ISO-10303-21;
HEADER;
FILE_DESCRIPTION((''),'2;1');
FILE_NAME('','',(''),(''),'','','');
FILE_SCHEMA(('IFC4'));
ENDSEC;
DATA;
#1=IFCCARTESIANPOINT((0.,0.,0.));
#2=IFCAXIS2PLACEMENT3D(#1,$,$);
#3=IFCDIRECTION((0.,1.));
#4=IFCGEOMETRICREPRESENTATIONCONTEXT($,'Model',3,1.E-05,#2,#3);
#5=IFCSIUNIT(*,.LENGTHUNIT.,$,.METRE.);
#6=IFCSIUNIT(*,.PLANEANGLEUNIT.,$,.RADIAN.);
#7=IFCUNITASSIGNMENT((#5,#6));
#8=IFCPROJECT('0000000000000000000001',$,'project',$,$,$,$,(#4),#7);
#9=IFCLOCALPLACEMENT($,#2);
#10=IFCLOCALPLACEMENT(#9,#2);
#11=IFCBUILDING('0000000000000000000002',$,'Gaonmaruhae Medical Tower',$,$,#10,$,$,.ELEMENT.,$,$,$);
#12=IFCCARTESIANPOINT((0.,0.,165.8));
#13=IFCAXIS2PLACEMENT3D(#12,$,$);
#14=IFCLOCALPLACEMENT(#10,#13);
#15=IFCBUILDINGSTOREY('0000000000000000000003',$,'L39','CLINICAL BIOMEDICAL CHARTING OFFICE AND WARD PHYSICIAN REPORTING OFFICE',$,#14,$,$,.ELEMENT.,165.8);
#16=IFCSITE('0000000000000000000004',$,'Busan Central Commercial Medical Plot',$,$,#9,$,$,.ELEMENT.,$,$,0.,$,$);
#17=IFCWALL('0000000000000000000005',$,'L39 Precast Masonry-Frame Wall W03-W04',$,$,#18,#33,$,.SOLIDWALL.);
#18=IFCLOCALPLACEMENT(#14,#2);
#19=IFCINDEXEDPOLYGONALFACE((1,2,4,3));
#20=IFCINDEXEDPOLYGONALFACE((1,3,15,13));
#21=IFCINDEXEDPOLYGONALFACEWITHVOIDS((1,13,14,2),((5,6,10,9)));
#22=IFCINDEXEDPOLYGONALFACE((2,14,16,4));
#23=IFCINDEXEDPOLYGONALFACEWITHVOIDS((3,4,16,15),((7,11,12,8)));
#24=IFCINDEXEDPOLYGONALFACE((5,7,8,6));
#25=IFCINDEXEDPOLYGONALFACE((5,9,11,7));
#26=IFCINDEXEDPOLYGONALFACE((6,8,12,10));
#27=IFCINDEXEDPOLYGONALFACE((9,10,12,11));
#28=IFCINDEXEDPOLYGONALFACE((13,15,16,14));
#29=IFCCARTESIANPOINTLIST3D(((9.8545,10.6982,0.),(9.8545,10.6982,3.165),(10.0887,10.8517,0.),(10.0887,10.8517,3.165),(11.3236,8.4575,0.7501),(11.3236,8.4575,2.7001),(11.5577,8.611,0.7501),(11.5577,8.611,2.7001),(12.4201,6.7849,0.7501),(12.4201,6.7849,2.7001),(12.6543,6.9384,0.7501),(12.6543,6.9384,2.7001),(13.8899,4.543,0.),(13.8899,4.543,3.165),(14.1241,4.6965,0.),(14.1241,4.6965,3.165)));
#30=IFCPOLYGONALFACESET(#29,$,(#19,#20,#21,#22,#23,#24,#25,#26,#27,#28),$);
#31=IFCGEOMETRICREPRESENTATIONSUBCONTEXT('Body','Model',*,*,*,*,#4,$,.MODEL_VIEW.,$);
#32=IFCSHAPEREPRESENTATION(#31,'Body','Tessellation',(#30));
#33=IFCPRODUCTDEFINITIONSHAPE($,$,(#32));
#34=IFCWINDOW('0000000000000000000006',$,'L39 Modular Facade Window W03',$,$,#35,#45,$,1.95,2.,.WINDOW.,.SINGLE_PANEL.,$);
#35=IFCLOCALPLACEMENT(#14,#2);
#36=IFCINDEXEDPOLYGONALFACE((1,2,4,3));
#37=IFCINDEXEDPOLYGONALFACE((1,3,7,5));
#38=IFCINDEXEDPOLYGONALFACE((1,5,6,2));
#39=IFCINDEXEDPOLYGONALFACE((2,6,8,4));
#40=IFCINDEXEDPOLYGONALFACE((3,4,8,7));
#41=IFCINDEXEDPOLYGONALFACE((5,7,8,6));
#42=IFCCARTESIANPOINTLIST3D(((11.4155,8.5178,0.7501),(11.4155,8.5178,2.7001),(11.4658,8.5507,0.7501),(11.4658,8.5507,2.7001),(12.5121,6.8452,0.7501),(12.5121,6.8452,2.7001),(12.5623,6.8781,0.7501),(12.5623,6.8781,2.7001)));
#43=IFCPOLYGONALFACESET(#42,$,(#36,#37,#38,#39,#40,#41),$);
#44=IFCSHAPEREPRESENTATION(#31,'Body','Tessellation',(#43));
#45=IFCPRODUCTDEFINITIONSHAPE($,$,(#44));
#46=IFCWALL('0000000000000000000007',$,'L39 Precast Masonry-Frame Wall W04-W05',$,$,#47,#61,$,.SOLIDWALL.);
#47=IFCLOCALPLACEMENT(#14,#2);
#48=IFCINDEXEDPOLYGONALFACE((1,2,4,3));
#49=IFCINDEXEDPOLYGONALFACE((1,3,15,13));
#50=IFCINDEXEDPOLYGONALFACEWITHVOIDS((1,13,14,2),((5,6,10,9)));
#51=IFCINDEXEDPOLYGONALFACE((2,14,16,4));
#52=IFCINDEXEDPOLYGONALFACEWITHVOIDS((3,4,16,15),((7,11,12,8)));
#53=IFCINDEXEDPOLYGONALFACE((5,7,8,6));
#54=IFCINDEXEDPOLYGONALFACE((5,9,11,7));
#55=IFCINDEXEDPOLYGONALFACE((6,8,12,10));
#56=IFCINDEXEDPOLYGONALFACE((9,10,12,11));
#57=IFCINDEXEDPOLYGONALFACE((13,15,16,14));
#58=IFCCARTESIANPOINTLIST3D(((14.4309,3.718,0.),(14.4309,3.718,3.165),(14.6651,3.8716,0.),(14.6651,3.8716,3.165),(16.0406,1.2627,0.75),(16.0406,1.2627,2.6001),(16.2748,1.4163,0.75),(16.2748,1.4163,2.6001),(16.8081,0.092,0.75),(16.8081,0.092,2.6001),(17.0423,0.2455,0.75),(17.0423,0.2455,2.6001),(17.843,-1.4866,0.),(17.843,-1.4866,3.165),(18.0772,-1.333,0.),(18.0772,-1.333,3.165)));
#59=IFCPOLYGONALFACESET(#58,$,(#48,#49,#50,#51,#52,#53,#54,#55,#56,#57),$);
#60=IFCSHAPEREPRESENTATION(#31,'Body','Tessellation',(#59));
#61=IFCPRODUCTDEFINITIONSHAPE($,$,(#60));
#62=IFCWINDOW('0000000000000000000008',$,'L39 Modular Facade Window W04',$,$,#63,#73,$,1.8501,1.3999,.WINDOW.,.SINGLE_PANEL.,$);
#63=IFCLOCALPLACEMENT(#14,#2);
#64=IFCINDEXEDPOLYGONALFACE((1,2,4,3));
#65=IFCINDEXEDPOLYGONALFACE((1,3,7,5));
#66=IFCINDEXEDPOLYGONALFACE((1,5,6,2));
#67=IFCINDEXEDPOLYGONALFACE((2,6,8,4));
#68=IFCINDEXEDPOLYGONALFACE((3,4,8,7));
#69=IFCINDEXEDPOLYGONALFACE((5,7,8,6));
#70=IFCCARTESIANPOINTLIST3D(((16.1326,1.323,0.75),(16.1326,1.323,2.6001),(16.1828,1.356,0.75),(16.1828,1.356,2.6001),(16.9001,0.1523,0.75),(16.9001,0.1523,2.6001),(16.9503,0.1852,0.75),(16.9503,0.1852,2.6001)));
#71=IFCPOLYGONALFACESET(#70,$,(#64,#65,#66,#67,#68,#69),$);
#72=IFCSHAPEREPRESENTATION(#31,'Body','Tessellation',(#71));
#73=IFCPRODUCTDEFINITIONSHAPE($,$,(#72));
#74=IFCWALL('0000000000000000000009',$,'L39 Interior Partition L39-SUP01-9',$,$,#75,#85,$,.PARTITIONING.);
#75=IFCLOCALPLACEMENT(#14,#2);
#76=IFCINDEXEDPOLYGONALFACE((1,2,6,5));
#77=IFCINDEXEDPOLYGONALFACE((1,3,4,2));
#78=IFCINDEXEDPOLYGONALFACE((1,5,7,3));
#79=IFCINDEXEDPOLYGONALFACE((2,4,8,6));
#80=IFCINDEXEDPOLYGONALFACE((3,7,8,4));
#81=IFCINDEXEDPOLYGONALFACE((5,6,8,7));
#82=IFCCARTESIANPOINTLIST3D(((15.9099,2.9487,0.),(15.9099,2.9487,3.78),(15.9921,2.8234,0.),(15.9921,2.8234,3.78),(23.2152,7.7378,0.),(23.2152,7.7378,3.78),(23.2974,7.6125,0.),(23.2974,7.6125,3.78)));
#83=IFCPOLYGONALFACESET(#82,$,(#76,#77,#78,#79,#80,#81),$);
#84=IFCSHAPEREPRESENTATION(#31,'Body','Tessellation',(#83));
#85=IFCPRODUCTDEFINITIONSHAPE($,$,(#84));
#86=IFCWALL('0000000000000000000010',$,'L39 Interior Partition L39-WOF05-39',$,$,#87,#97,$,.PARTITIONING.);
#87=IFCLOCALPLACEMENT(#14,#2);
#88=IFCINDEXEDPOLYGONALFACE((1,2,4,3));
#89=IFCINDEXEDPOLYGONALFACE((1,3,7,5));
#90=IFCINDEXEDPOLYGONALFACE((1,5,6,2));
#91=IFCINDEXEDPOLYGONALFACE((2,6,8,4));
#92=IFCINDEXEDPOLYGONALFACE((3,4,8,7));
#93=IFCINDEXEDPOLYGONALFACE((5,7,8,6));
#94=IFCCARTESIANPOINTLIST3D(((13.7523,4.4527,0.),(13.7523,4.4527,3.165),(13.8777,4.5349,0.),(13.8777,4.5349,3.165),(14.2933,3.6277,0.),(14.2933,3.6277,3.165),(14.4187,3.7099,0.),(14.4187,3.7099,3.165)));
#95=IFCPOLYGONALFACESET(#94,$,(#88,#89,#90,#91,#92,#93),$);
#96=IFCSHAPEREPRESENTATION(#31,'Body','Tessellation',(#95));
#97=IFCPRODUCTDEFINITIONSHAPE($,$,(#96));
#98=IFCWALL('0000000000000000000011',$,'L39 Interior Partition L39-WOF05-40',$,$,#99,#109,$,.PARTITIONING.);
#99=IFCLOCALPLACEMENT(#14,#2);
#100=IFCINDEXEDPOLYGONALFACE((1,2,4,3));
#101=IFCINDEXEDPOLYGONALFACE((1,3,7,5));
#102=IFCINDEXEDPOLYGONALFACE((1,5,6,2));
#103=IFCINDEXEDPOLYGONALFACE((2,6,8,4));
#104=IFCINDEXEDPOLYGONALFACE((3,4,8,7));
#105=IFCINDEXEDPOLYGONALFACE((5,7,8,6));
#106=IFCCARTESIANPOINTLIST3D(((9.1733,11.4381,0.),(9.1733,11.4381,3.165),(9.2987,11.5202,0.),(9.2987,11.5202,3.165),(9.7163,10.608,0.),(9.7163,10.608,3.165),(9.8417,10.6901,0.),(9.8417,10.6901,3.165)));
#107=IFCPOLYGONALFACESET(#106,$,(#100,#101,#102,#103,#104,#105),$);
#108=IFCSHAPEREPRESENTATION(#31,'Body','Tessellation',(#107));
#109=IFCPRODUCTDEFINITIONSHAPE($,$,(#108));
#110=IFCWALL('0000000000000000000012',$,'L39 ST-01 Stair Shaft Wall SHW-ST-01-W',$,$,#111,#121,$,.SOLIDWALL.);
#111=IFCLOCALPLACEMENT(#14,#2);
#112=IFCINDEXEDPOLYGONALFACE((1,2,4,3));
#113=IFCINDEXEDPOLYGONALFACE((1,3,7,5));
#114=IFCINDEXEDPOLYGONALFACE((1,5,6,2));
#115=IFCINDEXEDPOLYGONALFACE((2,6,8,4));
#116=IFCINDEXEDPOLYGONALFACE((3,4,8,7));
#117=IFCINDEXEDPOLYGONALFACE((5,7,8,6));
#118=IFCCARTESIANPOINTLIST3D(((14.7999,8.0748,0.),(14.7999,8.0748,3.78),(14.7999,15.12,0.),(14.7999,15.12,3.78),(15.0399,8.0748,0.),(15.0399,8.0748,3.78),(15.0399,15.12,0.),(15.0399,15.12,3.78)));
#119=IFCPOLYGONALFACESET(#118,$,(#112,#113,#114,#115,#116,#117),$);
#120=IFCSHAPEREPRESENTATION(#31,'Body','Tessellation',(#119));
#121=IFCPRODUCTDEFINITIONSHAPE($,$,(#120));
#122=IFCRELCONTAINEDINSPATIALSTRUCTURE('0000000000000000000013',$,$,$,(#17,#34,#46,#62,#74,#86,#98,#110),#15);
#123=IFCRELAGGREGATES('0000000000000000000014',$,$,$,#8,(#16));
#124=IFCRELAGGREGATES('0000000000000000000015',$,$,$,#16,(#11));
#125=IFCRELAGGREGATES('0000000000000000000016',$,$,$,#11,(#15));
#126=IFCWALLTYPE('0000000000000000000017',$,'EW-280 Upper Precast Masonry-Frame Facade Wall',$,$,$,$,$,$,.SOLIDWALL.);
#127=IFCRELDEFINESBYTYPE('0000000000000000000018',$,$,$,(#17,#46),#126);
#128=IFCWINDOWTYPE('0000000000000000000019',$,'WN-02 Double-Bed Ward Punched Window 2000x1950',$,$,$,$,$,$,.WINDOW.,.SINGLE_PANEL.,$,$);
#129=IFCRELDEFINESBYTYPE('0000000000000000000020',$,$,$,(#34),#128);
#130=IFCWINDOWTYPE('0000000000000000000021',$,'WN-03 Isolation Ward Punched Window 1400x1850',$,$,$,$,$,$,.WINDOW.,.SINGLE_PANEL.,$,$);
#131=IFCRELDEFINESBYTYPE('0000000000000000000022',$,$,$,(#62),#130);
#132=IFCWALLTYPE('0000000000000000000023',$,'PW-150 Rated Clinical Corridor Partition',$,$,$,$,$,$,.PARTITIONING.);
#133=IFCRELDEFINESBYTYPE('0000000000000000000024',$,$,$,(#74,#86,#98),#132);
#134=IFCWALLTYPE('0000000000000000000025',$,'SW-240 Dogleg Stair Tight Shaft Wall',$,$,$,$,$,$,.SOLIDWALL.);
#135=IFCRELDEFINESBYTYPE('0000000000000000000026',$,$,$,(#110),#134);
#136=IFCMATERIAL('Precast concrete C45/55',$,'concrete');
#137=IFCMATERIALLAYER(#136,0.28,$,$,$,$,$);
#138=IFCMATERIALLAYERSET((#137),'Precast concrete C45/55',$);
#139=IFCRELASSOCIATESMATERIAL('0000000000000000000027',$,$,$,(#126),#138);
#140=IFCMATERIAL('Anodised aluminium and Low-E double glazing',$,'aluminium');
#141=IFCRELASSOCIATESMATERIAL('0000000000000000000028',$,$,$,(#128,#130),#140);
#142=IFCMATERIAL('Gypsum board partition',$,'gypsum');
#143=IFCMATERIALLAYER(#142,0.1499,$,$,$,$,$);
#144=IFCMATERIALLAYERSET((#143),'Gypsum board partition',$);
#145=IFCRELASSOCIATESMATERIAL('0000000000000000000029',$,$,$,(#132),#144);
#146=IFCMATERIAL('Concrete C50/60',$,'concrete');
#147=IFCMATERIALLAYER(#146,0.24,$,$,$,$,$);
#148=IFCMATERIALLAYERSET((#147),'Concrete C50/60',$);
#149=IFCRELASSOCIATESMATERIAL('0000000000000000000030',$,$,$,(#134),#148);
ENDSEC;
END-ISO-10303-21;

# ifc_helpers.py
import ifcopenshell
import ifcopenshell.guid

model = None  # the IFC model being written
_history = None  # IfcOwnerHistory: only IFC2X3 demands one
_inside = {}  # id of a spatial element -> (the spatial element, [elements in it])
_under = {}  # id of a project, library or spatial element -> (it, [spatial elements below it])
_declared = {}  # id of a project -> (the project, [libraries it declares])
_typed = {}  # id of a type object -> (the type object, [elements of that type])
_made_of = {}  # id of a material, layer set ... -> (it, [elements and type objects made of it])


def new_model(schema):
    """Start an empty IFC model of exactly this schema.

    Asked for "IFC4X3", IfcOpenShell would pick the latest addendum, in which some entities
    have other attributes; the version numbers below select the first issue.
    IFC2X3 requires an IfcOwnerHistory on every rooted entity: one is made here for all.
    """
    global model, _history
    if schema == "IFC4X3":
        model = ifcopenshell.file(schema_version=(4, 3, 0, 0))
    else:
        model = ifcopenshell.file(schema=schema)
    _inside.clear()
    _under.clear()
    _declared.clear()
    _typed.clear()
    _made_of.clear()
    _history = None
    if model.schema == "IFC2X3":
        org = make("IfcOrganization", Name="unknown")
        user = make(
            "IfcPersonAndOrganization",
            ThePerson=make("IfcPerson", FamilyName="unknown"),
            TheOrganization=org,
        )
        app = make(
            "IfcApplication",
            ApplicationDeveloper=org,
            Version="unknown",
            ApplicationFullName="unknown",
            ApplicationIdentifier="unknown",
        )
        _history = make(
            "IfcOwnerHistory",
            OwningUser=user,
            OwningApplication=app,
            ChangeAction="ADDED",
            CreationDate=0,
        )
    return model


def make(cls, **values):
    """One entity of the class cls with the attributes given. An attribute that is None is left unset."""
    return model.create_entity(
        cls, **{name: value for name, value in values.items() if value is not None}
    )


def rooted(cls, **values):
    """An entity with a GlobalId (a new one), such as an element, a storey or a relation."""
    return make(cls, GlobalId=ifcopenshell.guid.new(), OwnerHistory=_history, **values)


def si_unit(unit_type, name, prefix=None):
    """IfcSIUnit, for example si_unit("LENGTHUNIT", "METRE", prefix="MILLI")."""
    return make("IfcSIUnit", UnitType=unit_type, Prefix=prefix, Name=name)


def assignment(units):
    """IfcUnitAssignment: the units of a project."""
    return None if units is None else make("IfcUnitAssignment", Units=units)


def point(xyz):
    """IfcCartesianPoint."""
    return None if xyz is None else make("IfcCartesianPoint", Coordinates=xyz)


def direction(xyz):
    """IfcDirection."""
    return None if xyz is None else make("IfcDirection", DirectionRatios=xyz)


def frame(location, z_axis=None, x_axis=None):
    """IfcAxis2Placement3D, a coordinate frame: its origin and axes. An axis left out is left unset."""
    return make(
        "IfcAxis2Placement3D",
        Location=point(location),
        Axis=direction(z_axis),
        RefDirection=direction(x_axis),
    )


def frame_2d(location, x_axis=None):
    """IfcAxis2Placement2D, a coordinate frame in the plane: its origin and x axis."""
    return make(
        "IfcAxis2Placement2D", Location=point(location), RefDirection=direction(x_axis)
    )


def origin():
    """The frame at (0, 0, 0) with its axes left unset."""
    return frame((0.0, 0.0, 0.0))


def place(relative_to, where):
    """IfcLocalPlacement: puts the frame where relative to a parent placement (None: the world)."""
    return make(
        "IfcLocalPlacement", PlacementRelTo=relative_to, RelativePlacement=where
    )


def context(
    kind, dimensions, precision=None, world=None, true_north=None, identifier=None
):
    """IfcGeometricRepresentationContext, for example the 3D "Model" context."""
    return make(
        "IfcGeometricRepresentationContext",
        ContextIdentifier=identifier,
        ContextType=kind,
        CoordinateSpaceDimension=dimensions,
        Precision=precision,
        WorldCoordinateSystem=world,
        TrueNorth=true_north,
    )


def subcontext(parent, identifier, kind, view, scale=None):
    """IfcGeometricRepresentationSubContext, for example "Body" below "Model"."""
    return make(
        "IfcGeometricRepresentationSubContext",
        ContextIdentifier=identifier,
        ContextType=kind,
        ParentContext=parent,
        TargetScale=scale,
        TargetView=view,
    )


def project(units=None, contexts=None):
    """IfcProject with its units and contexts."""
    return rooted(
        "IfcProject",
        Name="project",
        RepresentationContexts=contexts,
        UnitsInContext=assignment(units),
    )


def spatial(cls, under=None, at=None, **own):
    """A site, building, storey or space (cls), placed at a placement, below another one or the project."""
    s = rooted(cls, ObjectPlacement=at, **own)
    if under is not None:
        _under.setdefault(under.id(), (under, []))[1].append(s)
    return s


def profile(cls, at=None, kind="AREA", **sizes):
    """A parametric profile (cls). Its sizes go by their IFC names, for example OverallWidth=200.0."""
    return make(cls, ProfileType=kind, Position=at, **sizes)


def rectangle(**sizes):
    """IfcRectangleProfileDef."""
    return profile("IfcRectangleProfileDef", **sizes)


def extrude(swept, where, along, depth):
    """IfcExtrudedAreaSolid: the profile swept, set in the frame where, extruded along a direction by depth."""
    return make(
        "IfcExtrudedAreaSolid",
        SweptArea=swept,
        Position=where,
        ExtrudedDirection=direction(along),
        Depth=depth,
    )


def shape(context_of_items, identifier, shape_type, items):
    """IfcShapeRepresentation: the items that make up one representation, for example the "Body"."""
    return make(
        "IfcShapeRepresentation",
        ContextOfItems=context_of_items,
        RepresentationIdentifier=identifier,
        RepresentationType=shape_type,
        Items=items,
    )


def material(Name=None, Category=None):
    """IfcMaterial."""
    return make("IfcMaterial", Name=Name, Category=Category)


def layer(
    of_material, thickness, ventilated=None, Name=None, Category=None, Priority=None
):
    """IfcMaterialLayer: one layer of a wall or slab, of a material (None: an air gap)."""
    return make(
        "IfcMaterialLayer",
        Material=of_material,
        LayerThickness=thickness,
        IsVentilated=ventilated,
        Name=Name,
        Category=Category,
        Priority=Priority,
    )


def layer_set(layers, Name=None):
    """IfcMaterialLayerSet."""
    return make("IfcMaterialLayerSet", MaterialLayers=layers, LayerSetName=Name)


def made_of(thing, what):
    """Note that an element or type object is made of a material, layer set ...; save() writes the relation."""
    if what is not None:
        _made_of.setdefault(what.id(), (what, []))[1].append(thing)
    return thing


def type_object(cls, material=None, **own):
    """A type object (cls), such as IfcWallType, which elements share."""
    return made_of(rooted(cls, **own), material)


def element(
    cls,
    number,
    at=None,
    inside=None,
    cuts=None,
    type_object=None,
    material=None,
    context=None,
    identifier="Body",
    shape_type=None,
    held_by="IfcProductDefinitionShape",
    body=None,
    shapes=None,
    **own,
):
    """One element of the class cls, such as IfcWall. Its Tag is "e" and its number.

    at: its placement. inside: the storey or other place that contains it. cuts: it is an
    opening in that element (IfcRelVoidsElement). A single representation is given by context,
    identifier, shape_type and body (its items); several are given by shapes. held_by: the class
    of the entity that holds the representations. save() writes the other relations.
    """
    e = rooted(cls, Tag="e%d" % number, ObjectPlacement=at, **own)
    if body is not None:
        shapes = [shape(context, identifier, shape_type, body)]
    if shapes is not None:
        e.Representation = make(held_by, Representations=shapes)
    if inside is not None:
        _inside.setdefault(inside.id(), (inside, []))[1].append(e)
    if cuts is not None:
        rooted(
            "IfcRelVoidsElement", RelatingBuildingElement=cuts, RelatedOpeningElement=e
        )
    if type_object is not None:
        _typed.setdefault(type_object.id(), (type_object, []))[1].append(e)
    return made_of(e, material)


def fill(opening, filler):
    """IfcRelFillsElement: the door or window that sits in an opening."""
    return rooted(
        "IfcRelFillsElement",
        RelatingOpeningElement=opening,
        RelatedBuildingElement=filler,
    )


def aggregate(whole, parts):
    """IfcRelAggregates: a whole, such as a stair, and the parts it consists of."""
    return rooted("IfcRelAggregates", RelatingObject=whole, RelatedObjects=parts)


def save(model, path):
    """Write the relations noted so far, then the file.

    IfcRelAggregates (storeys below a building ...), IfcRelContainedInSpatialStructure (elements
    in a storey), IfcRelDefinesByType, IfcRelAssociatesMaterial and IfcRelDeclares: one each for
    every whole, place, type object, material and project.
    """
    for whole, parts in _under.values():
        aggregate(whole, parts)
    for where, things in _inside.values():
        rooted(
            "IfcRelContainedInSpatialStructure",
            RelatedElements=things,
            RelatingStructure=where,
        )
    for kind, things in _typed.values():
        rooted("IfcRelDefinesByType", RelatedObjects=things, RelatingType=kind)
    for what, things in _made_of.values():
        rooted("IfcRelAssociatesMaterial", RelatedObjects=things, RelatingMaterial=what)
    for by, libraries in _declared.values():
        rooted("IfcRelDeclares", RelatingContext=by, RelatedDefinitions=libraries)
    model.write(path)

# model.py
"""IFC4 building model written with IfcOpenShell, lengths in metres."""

from ifc_helpers import new_model, si_unit, direction, frame, frame_2d, origin, place, context, subcontext, project, spatial, rectangle, extrude, material, layer, layer_set, type_object, element, fill, save


model = new_model("IFC4")

# Units and contexts
model_context = context("Model", 3, precision=1e-05, world=origin(), true_north=direction((0.0, 1.0)))
body_context = subcontext(model_context, "Body", "Model", "MODEL_VIEW")
ifc_project = project(units=[si_unit("LENGTHUNIT", "METRE"), si_unit("PLANEANGLEUNIT", "RADIAN")], contexts=[model_context])

# Site, building, storey
site_placement = place(None, origin())
site = spatial("IfcSite", under=ifc_project, at=site_placement, Name="Busan Central Commercial Medical Plot", CompositionType="ELEMENT", RefElevation=0.0)
building_placement = place(site_placement, origin())
building = spatial("IfcBuilding", under=site, at=building_placement, Name="Gaonmaruhae Medical Tower", CompositionType="ELEMENT")
storey_placement = place(building_placement, frame((0.0, 0.0, 165.8)))
storey = spatial("IfcBuildingStorey", under=building, at=storey_placement, Name="L39", Description="CLINICAL BIOMEDICAL CHARTING OFFICE AND WARD PHYSICIAN REPORTING OFFICE", CompositionType="ELEMENT", Elevation=165.8)

# Shared definitions
ifc_material_1 = material(Name="Concrete C50/60", Category="concrete")

# Walls, openings, windows
ifc_material_2 = material(Name="Precast concrete C45/55", Category="concrete")
ifc_layer_1 = layer(ifc_material_2, 0.28)
ifc_layer_set_1 = layer_set([ifc_layer_1], Name="Precast concrete C45/55")
wall_type_1 = type_object("IfcWallType", Name="EW-280 Upper Precast Masonry-Frame Facade Wall", PredefinedType="SOLIDWALL", material=ifc_layer_set_1)
wall_1_placement = place(storey_placement, frame((14.0071, 4.6196, 0.0), z_axis=(0.0, 0.0, 1.0), x_axis=(-0.548277, 0.836297, 0.0)))
wall_1 = element("IfcWall", 1, at=wall_1_placement, inside=storey, type_object=wall_type_1, Name="L39 Precast Masonry-Frame Wall W03-W04", PredefinedType="SOLIDWALL", context=body_context, shape_type="SweptSolid", body=[
    extrude(rectangle(XDim=7.3601, YDim=0.28, at=frame_2d((3.6802, 0.0))), origin(), (0.0, 0.0, 1.0), 3.165),
])
opening_1_placement = place(wall_1_placement, frame((2.6809, 0.0, 0.75)))
opening_1 = element("IfcOpeningElement", 2, at=opening_1_placement, cuts=wall_1, PredefinedType="OPENING", context=body_context, shape_type="SweptSolid", body=[
    extrude(rectangle(XDim=2.0, YDim=1.95, at=frame_2d((1.0, 0.9751))), frame((0.0, 0.1499, 0.0), z_axis=(0.0, -1.0, 0.0), x_axis=(1.0, 0.0, 0.0)), (0.0, 0.0, 1.0), 0.3),
])
ifc_material_3 = material(Name="Anodised aluminium and Low-E double glazing", Category="aluminium")
window_type_1 = type_object("IfcWindowType", Name="WN-02 Double-Bed Ward Punched Window 2000x1950", PartitioningType="SINGLE_PANEL", PredefinedType="WINDOW", material=ifc_material_3)
window_1_placement = place(opening_1_placement, origin())
window_1 = element("IfcWindow", 3, at=window_1_placement, inside=storey, type_object=window_type_1, Name="L39 Modular Facade Window W03", OverallHeight=1.95, OverallWidth=2.0, PartitioningType="SINGLE_PANEL", PredefinedType="WINDOW", context=body_context, shape_type="SweptSolid", body=[
    extrude(rectangle(XDim=2.0, YDim=1.95, at=frame_2d((1.0, 0.9751))), frame((0.0, 0.03, 0.0), z_axis=(0.0, -1.0, 0.0), x_axis=(1.0, 0.0, 0.0)), (0.0, 0.0, 1.0), 0.0601),
])
fill(opening_1, window_1)
wall_2_placement = place(storey_placement, frame((17.9602, -1.4099, 0.0), z_axis=(0.0, 0.0, 1.0), x_axis=(-0.548274, 0.836299, 0.0)))
wall_2 = element("IfcWall", 4, at=wall_2_placement, inside=storey, type_object=wall_type_1, Name="L39 Precast Masonry-Frame Wall W04-W05", PredefinedType="SOLIDWALL", context=body_context, shape_type="SweptSolid", body=[
    extrude(rectangle(XDim=6.2234, YDim=0.28, at=frame_2d((3.1118, 0.0))), origin(), (0.0, 0.0, 1.0), 3.165),
])
opening_2_placement = place(wall_2_placement, frame((1.8877, 0.0, 0.75)))
opening_2 = element("IfcOpeningElement", 5, at=opening_2_placement, cuts=wall_2, PredefinedType="OPENING", context=body_context, shape_type="SweptSolid", body=[
    extrude(rectangle(XDim=1.3999, YDim=1.8501, at=frame_2d((0.7, 0.925))), frame((0.0, 0.1499, 0.0), z_axis=(0.0, -1.0, 0.0), x_axis=(1.0, 0.0, 0.0)), (0.0, 0.0, 1.0), 0.3),
])
window_type_2 = type_object("IfcWindowType", Name="WN-03 Isolation Ward Punched Window 1400x1850", PartitioningType="SINGLE_PANEL", PredefinedType="WINDOW", material=ifc_material_3)
window_2_placement = place(opening_2_placement, origin())
window_2 = element("IfcWindow", 6, at=window_2_placement, inside=storey, type_object=window_type_2, Name="L39 Modular Facade Window W04", OverallHeight=1.8501, OverallWidth=1.3999, PartitioningType="SINGLE_PANEL", PredefinedType="WINDOW", context=body_context, shape_type="SweptSolid", body=[
    extrude(rectangle(XDim=1.3999, YDim=1.8501, at=frame_2d((0.7, 0.925))), frame((0.0, 0.03, 0.0), z_axis=(0.0, -1.0, 0.0), x_axis=(1.0, 0.0, 0.0)), (0.0, 0.0, 1.0), 0.0601),
])
fill(opening_2, window_2)

# Walls
ifc_material_4 = material(Name="Gypsum board partition", Category="gypsum")
ifc_layer_2 = layer(ifc_material_4, 0.1499)
ifc_layer_set_2 = layer_set([ifc_layer_2], Name="Gypsum board partition")
wall_type_2 = type_object("IfcWallType", Name="PW-150 Rated Clinical Corridor Partition", PredefinedType="PARTITIONING", material=ifc_layer_set_2)
wall_3_placement = place(storey_placement, frame((15.9509, 2.886, 0.0), z_axis=(0.0, 0.0, 1.0), x_axis=(0.836308, 0.54826, 0.0)))
element("IfcWall", 7, at=wall_3_placement, inside=storey, type_object=wall_type_2, Name="L39 Interior Partition L39-SUP01-9", PredefinedType="PARTITIONING", context=body_context, shape_type="SweptSolid", body=[
    extrude(rectangle(XDim=8.7351, YDim=0.1499, at=frame_2d((4.3677, 0.0))), origin(), (0.0, 0.0, 1.0), 3.78),
])
wall_4_placement = place(storey_placement, frame((14.356, 3.6689, 0.0), z_axis=(0.0, 0.0, 1.0), x_axis=(-0.548402, 0.836215, 0.0)))
element("IfcWall", 8, at=wall_4_placement, inside=storey, type_object=wall_type_2, Name="L39 Interior Partition L39-WOF05-39", PredefinedType="PARTITIONING", context=body_context, shape_type="SweptSolid", body=[
    extrude(rectangle(XDim=0.9866, YDim=0.1499, at=frame_2d((0.4932, 0.0))), origin(), (0.0, 0.0, 1.0), 3.165),
])
wall_5_placement = place(storey_placement, frame((9.7791, 10.6489, 0.0), z_axis=(0.0, 0.0, 1.0), x_axis=(-0.547409, 0.836866, 0.0)))
element("IfcWall", 9, at=wall_5_placement, inside=storey, type_object=wall_type_2, Name="L39 Interior Partition L39-WOF05-40", PredefinedType="PARTITIONING", context=body_context, shape_type="SweptSolid", body=[
    extrude(rectangle(XDim=0.9919, YDim=0.1499, at=frame_2d((0.4961, 0.0))), origin(), (0.0, 0.0, 1.0), 3.165),
])
ifc_layer_3 = layer(ifc_material_1, 0.24)
ifc_layer_set_3 = layer_set([ifc_layer_3], Name="Concrete C50/60")
wall_type_3 = type_object("IfcWallType", Name="SW-240 Dogleg Stair Tight Shaft Wall", PredefinedType="SOLIDWALL", material=ifc_layer_set_3)
wall_6_placement = place(storey_placement, frame((14.9199, 8.075, 0.0), z_axis=(0.0, 0.0, 1.0), x_axis=(0.0, 1.0, 0.0)))
element("IfcWall", 10, at=wall_6_placement, inside=storey, type_object=wall_type_3, Name="L39 ST-01 Stair Shaft Wall SHW-ST-01-W", PredefinedType="SOLIDWALL", context=body_context, shape_type="SweptSolid", body=[
    extrude(rectangle(XDim=7.0452, YDim=0.24, at=frame_2d((3.5225, 0.0))), origin(), (0.0, 0.0, 1.0), 3.78),
])

save(model, "model.ifc")
